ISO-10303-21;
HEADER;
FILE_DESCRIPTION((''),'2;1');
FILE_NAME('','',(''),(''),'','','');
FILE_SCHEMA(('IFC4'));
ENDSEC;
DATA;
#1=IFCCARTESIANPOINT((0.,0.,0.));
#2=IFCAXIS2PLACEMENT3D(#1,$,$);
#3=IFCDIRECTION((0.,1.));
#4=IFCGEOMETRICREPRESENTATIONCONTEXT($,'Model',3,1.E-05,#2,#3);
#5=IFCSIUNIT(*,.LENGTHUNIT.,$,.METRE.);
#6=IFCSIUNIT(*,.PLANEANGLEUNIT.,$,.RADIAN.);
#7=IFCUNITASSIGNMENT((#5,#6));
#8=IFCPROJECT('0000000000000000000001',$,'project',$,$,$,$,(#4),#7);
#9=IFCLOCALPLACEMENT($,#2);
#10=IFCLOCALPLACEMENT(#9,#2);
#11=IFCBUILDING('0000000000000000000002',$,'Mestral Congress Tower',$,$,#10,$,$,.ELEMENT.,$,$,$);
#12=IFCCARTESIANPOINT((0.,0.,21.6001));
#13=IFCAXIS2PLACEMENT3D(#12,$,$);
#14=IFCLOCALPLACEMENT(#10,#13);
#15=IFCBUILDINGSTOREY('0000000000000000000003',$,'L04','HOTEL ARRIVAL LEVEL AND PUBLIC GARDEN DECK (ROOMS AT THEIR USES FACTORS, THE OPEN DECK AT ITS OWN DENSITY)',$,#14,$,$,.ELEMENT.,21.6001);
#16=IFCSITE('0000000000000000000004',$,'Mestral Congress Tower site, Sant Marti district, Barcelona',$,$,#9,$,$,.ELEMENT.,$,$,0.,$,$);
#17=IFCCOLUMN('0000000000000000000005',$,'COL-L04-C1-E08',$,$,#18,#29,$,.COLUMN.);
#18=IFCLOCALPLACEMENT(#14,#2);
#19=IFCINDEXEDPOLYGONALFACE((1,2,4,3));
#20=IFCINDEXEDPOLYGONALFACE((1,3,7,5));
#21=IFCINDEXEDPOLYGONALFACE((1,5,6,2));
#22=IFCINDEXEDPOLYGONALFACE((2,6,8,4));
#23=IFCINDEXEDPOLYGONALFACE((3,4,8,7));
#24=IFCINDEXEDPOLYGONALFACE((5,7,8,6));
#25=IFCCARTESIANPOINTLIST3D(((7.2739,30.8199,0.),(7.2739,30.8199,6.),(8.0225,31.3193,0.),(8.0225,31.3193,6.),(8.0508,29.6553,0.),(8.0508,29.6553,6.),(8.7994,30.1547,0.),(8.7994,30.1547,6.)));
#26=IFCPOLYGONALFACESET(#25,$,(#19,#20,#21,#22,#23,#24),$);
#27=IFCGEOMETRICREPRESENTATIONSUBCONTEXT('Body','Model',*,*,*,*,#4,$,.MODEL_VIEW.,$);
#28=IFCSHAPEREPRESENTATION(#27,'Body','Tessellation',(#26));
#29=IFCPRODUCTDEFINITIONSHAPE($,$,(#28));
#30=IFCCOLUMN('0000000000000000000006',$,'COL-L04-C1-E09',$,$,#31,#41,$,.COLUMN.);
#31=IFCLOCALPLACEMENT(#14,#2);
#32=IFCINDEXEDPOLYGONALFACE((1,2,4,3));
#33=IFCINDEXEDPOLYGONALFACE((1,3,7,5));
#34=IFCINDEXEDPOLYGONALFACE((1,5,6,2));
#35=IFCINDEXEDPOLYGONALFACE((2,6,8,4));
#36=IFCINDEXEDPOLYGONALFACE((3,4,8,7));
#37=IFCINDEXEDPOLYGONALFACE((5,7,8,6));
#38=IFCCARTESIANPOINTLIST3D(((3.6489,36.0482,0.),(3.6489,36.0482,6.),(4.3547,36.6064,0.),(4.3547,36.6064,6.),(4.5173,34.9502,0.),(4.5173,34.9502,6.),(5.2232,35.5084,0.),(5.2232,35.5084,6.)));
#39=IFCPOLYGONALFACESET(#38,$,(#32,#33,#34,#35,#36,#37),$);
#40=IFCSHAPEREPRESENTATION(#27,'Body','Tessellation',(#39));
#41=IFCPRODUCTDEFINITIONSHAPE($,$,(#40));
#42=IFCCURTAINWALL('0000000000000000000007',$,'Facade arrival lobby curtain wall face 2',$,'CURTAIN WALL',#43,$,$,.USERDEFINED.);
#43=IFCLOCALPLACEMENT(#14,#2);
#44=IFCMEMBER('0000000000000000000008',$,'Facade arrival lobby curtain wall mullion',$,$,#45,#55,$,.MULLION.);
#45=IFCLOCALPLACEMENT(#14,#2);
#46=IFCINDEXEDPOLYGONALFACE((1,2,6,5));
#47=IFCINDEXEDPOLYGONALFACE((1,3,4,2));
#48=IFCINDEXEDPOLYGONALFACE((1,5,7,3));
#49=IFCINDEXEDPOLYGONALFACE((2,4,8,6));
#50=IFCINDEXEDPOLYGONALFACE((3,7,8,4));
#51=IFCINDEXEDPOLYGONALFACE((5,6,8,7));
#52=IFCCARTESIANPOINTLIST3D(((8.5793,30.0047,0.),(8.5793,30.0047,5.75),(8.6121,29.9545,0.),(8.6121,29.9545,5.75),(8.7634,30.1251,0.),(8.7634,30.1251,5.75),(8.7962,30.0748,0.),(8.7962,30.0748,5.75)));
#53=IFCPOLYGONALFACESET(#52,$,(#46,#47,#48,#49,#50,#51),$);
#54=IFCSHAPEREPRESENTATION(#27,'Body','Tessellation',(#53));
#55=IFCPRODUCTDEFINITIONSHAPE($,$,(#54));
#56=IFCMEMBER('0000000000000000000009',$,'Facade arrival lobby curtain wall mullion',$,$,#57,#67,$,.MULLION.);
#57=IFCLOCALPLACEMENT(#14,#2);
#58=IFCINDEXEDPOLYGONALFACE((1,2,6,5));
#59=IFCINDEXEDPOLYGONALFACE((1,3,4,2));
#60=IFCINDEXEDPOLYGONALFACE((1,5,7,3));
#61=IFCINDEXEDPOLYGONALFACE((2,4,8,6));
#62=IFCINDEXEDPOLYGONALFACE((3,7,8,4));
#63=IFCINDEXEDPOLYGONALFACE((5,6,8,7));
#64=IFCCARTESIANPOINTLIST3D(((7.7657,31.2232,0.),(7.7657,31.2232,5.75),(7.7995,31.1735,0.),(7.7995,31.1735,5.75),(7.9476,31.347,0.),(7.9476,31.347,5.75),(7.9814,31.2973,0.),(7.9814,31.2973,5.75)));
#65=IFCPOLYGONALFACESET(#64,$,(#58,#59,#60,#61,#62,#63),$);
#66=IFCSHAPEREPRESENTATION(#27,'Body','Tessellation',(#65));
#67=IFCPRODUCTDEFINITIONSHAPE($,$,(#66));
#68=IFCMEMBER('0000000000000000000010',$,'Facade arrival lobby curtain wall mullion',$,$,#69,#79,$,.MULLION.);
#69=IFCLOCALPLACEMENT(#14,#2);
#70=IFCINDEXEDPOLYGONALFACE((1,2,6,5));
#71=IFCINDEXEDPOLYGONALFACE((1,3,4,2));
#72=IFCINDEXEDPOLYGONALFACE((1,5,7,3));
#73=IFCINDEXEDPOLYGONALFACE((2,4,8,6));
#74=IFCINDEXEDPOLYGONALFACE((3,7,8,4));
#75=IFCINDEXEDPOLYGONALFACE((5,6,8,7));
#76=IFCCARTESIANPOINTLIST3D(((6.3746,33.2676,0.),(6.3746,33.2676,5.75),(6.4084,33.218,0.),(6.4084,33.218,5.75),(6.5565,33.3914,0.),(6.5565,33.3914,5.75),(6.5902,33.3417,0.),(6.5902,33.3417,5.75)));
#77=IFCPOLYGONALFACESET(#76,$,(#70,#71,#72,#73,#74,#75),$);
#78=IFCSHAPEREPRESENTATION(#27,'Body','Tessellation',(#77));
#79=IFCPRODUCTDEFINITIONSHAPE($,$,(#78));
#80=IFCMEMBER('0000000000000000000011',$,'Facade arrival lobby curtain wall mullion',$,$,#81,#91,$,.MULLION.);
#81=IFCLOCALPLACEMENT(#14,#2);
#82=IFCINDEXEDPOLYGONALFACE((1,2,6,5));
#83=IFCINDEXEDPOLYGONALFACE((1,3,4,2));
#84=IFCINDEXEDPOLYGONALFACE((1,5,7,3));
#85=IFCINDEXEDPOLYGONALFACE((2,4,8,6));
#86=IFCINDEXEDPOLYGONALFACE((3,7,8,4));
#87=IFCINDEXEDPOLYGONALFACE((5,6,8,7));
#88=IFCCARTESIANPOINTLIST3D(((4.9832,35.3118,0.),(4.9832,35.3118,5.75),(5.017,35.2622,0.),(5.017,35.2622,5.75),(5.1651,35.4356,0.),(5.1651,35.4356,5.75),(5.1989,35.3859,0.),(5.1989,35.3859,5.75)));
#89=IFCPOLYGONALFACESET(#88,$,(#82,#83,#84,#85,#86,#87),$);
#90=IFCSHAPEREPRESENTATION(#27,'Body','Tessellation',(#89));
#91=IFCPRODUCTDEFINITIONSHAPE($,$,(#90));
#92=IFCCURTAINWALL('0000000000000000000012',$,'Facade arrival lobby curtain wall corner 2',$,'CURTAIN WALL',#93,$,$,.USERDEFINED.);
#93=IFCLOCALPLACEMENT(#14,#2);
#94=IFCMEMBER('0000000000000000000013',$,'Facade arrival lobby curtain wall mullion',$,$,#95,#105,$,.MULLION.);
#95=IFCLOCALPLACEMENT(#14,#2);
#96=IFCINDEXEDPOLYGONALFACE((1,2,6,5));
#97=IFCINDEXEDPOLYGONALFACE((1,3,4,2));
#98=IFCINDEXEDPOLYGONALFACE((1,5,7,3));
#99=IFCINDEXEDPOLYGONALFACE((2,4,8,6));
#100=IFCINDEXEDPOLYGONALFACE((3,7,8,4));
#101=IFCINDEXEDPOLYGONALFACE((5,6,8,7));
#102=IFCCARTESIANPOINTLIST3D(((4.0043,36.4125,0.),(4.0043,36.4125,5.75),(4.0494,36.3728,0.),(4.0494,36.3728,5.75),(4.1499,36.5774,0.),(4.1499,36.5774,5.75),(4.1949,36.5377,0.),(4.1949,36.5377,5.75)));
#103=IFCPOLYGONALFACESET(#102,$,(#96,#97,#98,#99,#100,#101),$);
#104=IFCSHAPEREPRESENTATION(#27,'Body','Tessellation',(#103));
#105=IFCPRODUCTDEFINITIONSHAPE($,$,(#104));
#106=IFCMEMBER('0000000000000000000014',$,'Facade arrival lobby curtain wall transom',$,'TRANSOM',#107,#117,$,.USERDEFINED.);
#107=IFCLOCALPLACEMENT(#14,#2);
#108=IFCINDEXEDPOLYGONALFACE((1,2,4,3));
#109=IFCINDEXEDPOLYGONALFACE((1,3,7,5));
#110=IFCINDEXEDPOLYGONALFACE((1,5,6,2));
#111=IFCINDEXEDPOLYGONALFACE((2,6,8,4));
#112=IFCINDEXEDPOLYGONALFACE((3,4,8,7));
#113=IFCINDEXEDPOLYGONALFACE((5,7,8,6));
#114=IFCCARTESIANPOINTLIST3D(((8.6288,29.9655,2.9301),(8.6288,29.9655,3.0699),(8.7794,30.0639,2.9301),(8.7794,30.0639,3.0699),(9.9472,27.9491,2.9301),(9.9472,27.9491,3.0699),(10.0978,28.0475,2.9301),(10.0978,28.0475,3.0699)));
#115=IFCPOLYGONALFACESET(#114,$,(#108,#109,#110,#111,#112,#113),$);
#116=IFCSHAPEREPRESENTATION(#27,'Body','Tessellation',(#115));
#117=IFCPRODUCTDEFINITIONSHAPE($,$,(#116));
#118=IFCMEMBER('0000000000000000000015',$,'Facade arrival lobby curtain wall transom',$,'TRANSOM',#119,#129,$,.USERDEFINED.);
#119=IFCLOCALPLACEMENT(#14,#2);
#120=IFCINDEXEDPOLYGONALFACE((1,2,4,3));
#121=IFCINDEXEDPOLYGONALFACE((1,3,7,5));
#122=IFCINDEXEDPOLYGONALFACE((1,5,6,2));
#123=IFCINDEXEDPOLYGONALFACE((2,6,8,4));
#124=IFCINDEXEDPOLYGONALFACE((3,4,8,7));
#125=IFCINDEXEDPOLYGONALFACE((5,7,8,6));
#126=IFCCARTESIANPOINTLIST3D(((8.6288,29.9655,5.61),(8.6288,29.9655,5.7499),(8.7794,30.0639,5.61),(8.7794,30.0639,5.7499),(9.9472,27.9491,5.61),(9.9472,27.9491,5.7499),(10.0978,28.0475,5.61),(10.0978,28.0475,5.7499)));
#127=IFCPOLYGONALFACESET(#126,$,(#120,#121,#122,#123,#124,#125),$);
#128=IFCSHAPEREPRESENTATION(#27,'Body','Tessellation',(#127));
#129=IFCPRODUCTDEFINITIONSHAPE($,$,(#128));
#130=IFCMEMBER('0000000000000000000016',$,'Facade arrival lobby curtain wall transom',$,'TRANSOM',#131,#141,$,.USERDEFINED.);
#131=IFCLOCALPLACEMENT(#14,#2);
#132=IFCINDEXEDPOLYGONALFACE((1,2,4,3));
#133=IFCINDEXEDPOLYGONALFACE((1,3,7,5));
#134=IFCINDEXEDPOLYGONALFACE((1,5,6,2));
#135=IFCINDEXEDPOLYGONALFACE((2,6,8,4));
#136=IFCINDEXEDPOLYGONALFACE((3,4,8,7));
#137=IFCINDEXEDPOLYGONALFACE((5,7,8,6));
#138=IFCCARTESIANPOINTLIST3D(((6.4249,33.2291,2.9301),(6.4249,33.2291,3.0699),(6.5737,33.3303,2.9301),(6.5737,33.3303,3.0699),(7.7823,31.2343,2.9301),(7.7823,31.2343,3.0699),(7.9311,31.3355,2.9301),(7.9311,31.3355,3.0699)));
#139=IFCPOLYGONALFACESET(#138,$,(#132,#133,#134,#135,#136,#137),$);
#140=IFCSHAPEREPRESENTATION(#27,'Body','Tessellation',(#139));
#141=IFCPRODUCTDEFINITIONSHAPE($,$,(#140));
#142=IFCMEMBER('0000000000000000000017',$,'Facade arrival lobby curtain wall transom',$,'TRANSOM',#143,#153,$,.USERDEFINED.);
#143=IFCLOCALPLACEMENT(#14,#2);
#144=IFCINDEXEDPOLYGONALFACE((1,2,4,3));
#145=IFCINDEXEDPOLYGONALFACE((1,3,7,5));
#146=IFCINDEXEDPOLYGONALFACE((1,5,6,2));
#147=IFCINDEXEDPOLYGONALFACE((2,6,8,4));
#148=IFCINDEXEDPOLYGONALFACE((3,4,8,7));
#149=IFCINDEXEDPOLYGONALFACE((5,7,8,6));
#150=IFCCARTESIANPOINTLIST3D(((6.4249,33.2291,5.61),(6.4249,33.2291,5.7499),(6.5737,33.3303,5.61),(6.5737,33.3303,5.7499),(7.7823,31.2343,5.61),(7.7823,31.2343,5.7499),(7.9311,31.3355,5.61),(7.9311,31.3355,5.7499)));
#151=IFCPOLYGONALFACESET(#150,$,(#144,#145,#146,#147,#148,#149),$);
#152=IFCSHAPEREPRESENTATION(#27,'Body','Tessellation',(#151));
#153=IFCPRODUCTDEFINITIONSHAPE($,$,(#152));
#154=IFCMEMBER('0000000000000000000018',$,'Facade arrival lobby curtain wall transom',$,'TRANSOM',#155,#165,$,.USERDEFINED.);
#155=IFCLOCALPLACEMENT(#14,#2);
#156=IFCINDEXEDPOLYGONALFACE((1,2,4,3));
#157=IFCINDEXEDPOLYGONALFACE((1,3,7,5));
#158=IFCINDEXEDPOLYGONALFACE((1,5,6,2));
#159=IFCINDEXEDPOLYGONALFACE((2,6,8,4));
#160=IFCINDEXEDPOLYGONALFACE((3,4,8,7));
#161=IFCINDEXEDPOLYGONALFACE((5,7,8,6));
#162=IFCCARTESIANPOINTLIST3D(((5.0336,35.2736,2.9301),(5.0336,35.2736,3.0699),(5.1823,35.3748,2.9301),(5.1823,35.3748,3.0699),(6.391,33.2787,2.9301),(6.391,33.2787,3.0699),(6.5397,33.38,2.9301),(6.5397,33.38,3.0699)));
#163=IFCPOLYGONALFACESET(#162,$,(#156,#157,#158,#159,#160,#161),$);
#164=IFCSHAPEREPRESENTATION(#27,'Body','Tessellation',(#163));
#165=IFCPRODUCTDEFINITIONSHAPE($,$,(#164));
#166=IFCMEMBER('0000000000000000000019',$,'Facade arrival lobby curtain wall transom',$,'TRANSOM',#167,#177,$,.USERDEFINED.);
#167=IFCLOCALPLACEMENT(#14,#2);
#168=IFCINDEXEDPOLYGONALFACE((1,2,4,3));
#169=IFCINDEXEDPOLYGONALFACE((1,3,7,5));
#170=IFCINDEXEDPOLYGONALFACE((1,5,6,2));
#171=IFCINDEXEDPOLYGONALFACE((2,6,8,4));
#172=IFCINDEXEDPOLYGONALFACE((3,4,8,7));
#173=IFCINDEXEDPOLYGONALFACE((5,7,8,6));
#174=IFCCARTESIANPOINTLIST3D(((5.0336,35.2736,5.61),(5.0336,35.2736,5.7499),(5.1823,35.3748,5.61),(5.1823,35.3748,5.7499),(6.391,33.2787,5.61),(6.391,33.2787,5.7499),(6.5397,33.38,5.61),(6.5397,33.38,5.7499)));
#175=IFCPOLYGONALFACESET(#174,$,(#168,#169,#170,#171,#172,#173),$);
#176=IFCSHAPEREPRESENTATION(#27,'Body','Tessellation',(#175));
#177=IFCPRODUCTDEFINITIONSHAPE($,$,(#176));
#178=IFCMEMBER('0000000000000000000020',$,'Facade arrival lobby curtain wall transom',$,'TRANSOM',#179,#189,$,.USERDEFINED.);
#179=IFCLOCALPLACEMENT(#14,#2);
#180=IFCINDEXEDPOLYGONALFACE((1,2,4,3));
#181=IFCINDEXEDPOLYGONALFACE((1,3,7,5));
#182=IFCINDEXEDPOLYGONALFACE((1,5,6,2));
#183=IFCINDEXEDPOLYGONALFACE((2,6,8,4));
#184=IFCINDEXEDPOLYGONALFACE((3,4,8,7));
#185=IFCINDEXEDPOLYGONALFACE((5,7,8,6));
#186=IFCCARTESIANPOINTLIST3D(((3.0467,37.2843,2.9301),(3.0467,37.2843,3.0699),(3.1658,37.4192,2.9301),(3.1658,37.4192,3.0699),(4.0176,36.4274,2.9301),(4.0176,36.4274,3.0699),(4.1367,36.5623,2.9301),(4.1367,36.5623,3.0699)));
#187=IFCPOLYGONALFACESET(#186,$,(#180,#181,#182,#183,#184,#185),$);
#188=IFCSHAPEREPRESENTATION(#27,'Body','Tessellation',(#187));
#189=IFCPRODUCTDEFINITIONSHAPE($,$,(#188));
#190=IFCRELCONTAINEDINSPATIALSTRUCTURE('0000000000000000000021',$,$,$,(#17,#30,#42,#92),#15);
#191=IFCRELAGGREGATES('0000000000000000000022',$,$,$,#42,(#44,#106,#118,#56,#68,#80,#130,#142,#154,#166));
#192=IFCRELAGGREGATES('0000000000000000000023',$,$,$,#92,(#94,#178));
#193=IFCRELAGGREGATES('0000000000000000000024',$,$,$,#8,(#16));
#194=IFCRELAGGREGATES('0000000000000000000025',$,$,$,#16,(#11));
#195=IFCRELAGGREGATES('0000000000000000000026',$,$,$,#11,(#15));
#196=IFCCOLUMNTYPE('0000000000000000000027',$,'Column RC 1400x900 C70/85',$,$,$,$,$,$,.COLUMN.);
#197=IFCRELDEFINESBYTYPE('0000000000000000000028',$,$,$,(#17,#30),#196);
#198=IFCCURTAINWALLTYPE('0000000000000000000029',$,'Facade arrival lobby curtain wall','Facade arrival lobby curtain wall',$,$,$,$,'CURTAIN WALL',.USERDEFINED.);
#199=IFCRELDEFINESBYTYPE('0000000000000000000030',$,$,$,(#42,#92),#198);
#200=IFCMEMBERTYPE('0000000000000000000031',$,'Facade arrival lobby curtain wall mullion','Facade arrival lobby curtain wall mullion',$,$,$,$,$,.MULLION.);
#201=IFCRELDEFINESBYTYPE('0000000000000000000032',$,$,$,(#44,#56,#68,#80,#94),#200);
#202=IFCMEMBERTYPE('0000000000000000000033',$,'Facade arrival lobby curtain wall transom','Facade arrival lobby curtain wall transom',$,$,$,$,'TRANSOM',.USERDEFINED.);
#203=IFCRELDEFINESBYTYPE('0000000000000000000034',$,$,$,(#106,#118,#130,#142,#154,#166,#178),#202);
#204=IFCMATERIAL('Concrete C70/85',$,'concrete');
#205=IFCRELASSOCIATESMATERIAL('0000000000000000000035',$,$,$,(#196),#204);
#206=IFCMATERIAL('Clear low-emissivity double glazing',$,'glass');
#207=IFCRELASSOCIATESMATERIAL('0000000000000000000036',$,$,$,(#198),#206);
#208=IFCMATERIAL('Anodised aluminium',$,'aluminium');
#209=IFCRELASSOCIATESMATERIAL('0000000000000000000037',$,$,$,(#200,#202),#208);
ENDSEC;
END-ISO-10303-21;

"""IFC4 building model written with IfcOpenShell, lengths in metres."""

from ifc_helpers import new_model, si_unit, direction, frame, origin, origin_2d, place, context, subcontext, project, spatial, rectangle, extrude, material, material_profile, profile_set, type_object, element, aggregate, save


model = new_model("IFC4")

# Units and contexts
model_context = context("Model", 3, precision=1e-05, world=origin(), true_north=direction((0.0, 1.0)))
body_context = subcontext(model_context, "Body", "Model", "MODEL_VIEW")
ifc_project = project(units=[si_unit("LENGTHUNIT", "METRE"), si_unit("PLANEANGLEUNIT", "RADIAN")], contexts=[model_context])

# Site, building, storey
site_placement = place(None, origin())
site = spatial("IfcSite", under=ifc_project, at=site_placement, Name="Mestral Congress Tower site, Sant Marti district, Barcelona", CompositionType="ELEMENT", RefElevation=0.0)
building_placement = place(site_placement, origin())
building = spatial("IfcBuilding", under=site, at=building_placement, Name="Mestral Congress Tower", CompositionType="ELEMENT")
storey_placement = place(building_placement, frame((0.0, 0.0, 21.6001)))
storey = spatial("IfcBuildingStorey", under=building, at=storey_placement, Name="L04", Description="HOTEL ARRIVAL LEVEL AND PUBLIC GARDEN DECK (ROOMS AT THEIR USES FACTORS, THE OPEN DECK AT ITS OWN DENSITY)", CompositionType="ELEMENT", Elevation=21.6001)

# Columns
ifc_material_1 = material(Name="Concrete C70/85", Category="concrete")
ifc_material_profile_1 = material_profile(ifc_material_1, rectangle(XDim=1.3999, YDim=0.8999, at=origin_2d()), Name="RC 1400x900")
ifc_profile_set_1 = profile_set([ifc_material_profile_1], Name="Concrete C70/85")
column_type = type_object("IfcColumnType", Name="Column RC 1400x900 C70/85", PredefinedType="COLUMN", material=ifc_profile_set_1)
for number, where, z_axis, x_axis, name in (
    (1, (8.0366, 30.4873, 0.0), (0.0, 0.0, 1.0), (-0.554949, 0.831884, 0.0), "COL-L04-C1-E08"),
    (2, (4.436, 35.7783, 0.0), (0.0, 0.0, 1.0), (-0.620334, 0.784338, 0.0), "COL-L04-C1-E09"),
):
    element("IfcColumn", number, at=place(storey_placement, frame(where, z_axis=z_axis, x_axis=x_axis)), inside=storey, type_object=column_type, Name=name, PredefinedType="COLUMN", context=body_context, shape_type="SweptSolid", body=[
        extrude(rectangle(XDim=1.3999, YDim=0.8999, at=origin_2d()), origin(), (0.0, 0.0, 1.0), 6.0),
    ])

# Curtain wall, members
ifc_material_2 = material(Name="Clear low-emissivity double glazing", Category="glass")
curtain_wall_type = type_object("IfcCurtainWallType", Name="Facade arrival lobby curtain wall", Description="Facade arrival lobby curtain wall", ElementType="CURTAIN WALL", PredefinedType="USERDEFINED", material=ifc_material_2)
placement = place(storey_placement, origin())
curtain_wall_1 = element("IfcCurtainWall", 3, at=placement, inside=storey, type_object=curtain_wall_type, Name="Facade arrival lobby curtain wall face 2", ObjectType="CURTAIN WALL", PredefinedType="USERDEFINED")
ifc_material_3 = material(Name="Anodised aluminium", Category="aluminium")
ifc_material_profile_2 = material_profile(ifc_material_3, rectangle(XDim=0.22, YDim=0.0601, at=origin_2d()), Name="CW4 mullion 220 x 60")
ifc_profile_set_2 = profile_set([ifc_material_profile_2], Name="Anodised aluminium")
member_type_1 = type_object("IfcMemberType", Name="Facade arrival lobby curtain wall mullion", Description="Facade arrival lobby curtain wall mullion", PredefinedType="MULLION", material=ifc_profile_set_2)
member_1_placement = place(storey_placement, frame((8.6877, 30.0398, 0.0), z_axis=(0.0, 0.0, 1.0), x_axis=(0.836982, 0.54723, 0.0)))
member_1 = element("IfcMember", 4, at=member_1_placement, type_object=member_type_1, Name="Facade arrival lobby curtain wall mullion", PredefinedType="MULLION", context=body_context, shape_type="SweptSolid", body=[
    extrude(rectangle(XDim=0.22, YDim=0.0601, at=origin_2d()), origin(), (0.0, 0.0, 1.0), 5.75),
])
member_2_placement = place(storey_placement, frame((7.8735, 31.2603, 0.0), z_axis=(0.0, 0.0, 1.0), x_axis=(0.826713, 0.562623, 0.0)))
member_2 = element("IfcMember", 5, at=member_2_placement, type_object=member_type_1, Name="Facade arrival lobby curtain wall mullion", PredefinedType="MULLION", context=body_context, shape_type="SweptSolid", body=[
    extrude(rectangle(XDim=0.22, YDim=0.0601, at=origin_2d()), origin(), (0.0, 0.0, 1.0), 5.75),
])
member_3_placement = place(storey_placement, frame((6.4824, 33.3047, 0.0), z_axis=(0.0, 0.0, 1.0), x_axis=(0.826713, 0.562623, 0.0)))
member_3 = element("IfcMember", 6, at=member_3_placement, type_object=member_type_1, Name="Facade arrival lobby curtain wall mullion", PredefinedType="MULLION", context=body_context, shape_type="SweptSolid", body=[
    extrude(rectangle(XDim=0.22, YDim=0.0601, at=origin_2d()), origin(), (0.0, 0.0, 1.0), 5.75),
])
member_4_placement = place(storey_placement, frame((5.0911, 35.3489, 0.0), z_axis=(0.0, 0.0, 1.0), x_axis=(0.826713, 0.562623, 0.0)))
member_4 = element("IfcMember", 7, at=member_4_placement, type_object=member_type_1, Name="Facade arrival lobby curtain wall mullion", PredefinedType="MULLION", context=body_context, shape_type="SweptSolid", body=[
    extrude(rectangle(XDim=0.22, YDim=0.0601, at=origin_2d()), origin(), (0.0, 0.0, 1.0), 5.75),
])

# Curtain wall, member
curtain_wall_2 = element("IfcCurtainWall", 8, at=placement, inside=storey, type_object=curtain_wall_type, Name="Facade arrival lobby curtain wall corner 2", ObjectType="CURTAIN WALL", PredefinedType="USERDEFINED")
member_5_placement = place(storey_placement, frame((4.0996, 36.4751, 0.0), z_axis=(0.0, 0.0, 1.0), x_axis=(0.661651, 0.749812, 0.0)))
member_5 = element("IfcMember", 9, at=member_5_placement, type_object=member_type_1, Name="Facade arrival lobby curtain wall mullion", PredefinedType="MULLION", context=body_context, shape_type="SweptSolid", body=[
    extrude(rectangle(XDim=0.22, YDim=0.0601, at=origin_2d()), origin(), (0.0, 0.0, 1.0), 5.75),
])

# Members
ifc_material_profile_3 = material_profile(ifc_material_3, rectangle(XDim=0.1799, YDim=0.1399, at=origin_2d()), Name="CW4 transom 180 x 140")
ifc_profile_set_3 = profile_set([ifc_material_profile_3], Name="Anodised aluminium")
member_type_2 = type_object("IfcMemberType", Name="Facade arrival lobby curtain wall transom", Description="Facade arrival lobby curtain wall transom", ElementType="TRANSOM", PredefinedType="USERDEFINED", material=ifc_profile_set_3)
member_6_placement = place(storey_placement, frame((10.0225, 27.9983, 3.0), z_axis=(-0.547241, 0.836975, 0.0), x_axis=(-0.836975, -0.547241, 0.0)))
member_6 = element("IfcMember", 10, at=member_6_placement, type_object=member_type_2, Name="Facade arrival lobby curtain wall transom", ObjectType="TRANSOM", PredefinedType="USERDEFINED", context=body_context, shape_type="SweptSolid", body=[
    extrude(rectangle(XDim=0.1799, YDim=0.1399, at=origin_2d()), origin(), (0.0, 0.0, 1.0), 2.4092),
])
member_7_placement = place(storey_placement, frame((10.0225, 27.9983, 5.6799), z_axis=(-0.547241, 0.836975, 0.0), x_axis=(-0.836975, -0.547241, 0.0)))
member_7 = element("IfcMember", 11, at=member_7_placement, type_object=member_type_2, Name="Facade arrival lobby curtain wall transom", ObjectType="TRANSOM", PredefinedType="USERDEFINED", context=body_context, shape_type="SweptSolid", body=[
    extrude(rectangle(XDim=0.1799, YDim=0.1399, at=origin_2d()), origin(), (0.0, 0.0, 1.0), 2.4092),
])
member_8_placement = place(storey_placement, frame((7.8567, 31.2849, 3.0), z_axis=(-0.562567, 0.826751, 0.0), x_axis=(-0.826751, -0.562567, 0.0)))
member_8 = element("IfcMember", 12, at=member_8_placement, type_object=member_type_2, Name="Facade arrival lobby curtain wall transom", ObjectType="TRANSOM", PredefinedType="USERDEFINED", context=body_context, shape_type="SweptSolid", body=[
    extrude(rectangle(XDim=0.1799, YDim=0.1399, at=origin_2d()), origin(), (0.0, 0.0, 1.0), 2.4128),
])
member_9_placement = place(storey_placement, frame((7.8567, 31.2849, 5.6799), z_axis=(-0.562567, 0.826751, 0.0), x_axis=(-0.826751, -0.562567, 0.0)))
member_9 = element("IfcMember", 13, at=member_9_placement, type_object=member_type_2, Name="Facade arrival lobby curtain wall transom", ObjectType="TRANSOM", PredefinedType="USERDEFINED", context=body_context, shape_type="SweptSolid", body=[
    extrude(rectangle(XDim=0.1799, YDim=0.1399, at=origin_2d()), origin(), (0.0, 0.0, 1.0), 2.4128),
])
member_10_placement = place(storey_placement, frame((6.4653, 33.3293, 3.0), z_axis=(-0.562567, 0.826751, 0.0), x_axis=(-0.826751, -0.562567, 0.0)))
member_10 = element("IfcMember", 14, at=member_10_placement, type_object=member_type_2, Name="Facade arrival lobby curtain wall transom", ObjectType="TRANSOM", PredefinedType="USERDEFINED", context=body_context, shape_type="SweptSolid", body=[
    extrude(rectangle(XDim=0.1799, YDim=0.1399, at=origin_2d()), origin(), (0.0, 0.0, 1.0), 2.4128),
])
member_11_placement = place(storey_placement, frame((6.4653, 33.3293, 5.6799), z_axis=(-0.562567, 0.826751, 0.0), x_axis=(-0.826751, -0.562567, 0.0)))
member_11 = element("IfcMember", 15, at=member_11_placement, type_object=member_type_2, Name="Facade arrival lobby curtain wall transom", ObjectType="TRANSOM", PredefinedType="USERDEFINED", context=body_context, shape_type="SweptSolid", body=[
    extrude(rectangle(XDim=0.1799, YDim=0.1399, at=origin_2d()), origin(), (0.0, 0.0, 1.0), 2.4128),
])
member_12_placement = place(storey_placement, frame((4.0771, 36.4949, 3.0), z_axis=(-0.749755, 0.661715, 0.0), x_axis=(-0.661715, -0.749755, 0.0)))
member_12 = element("IfcMember", 16, at=member_12_placement, type_object=member_type_2, Name="Facade arrival lobby curtain wall transom", ObjectType="TRANSOM", PredefinedType="USERDEFINED", context=body_context, shape_type="SweptSolid", body=[
    extrude(rectangle(XDim=0.1799, YDim=0.1399, at=origin_2d()), origin(), (0.0, 0.0, 1.0), 1.2949),
])

aggregate(curtain_wall_1, [member_1, member_6, member_7, member_2, member_3, member_4, member_8, member_9, member_10, member_11])
aggregate(curtain_wall_2, [member_5, member_12])

save(model, "model.ifc")
